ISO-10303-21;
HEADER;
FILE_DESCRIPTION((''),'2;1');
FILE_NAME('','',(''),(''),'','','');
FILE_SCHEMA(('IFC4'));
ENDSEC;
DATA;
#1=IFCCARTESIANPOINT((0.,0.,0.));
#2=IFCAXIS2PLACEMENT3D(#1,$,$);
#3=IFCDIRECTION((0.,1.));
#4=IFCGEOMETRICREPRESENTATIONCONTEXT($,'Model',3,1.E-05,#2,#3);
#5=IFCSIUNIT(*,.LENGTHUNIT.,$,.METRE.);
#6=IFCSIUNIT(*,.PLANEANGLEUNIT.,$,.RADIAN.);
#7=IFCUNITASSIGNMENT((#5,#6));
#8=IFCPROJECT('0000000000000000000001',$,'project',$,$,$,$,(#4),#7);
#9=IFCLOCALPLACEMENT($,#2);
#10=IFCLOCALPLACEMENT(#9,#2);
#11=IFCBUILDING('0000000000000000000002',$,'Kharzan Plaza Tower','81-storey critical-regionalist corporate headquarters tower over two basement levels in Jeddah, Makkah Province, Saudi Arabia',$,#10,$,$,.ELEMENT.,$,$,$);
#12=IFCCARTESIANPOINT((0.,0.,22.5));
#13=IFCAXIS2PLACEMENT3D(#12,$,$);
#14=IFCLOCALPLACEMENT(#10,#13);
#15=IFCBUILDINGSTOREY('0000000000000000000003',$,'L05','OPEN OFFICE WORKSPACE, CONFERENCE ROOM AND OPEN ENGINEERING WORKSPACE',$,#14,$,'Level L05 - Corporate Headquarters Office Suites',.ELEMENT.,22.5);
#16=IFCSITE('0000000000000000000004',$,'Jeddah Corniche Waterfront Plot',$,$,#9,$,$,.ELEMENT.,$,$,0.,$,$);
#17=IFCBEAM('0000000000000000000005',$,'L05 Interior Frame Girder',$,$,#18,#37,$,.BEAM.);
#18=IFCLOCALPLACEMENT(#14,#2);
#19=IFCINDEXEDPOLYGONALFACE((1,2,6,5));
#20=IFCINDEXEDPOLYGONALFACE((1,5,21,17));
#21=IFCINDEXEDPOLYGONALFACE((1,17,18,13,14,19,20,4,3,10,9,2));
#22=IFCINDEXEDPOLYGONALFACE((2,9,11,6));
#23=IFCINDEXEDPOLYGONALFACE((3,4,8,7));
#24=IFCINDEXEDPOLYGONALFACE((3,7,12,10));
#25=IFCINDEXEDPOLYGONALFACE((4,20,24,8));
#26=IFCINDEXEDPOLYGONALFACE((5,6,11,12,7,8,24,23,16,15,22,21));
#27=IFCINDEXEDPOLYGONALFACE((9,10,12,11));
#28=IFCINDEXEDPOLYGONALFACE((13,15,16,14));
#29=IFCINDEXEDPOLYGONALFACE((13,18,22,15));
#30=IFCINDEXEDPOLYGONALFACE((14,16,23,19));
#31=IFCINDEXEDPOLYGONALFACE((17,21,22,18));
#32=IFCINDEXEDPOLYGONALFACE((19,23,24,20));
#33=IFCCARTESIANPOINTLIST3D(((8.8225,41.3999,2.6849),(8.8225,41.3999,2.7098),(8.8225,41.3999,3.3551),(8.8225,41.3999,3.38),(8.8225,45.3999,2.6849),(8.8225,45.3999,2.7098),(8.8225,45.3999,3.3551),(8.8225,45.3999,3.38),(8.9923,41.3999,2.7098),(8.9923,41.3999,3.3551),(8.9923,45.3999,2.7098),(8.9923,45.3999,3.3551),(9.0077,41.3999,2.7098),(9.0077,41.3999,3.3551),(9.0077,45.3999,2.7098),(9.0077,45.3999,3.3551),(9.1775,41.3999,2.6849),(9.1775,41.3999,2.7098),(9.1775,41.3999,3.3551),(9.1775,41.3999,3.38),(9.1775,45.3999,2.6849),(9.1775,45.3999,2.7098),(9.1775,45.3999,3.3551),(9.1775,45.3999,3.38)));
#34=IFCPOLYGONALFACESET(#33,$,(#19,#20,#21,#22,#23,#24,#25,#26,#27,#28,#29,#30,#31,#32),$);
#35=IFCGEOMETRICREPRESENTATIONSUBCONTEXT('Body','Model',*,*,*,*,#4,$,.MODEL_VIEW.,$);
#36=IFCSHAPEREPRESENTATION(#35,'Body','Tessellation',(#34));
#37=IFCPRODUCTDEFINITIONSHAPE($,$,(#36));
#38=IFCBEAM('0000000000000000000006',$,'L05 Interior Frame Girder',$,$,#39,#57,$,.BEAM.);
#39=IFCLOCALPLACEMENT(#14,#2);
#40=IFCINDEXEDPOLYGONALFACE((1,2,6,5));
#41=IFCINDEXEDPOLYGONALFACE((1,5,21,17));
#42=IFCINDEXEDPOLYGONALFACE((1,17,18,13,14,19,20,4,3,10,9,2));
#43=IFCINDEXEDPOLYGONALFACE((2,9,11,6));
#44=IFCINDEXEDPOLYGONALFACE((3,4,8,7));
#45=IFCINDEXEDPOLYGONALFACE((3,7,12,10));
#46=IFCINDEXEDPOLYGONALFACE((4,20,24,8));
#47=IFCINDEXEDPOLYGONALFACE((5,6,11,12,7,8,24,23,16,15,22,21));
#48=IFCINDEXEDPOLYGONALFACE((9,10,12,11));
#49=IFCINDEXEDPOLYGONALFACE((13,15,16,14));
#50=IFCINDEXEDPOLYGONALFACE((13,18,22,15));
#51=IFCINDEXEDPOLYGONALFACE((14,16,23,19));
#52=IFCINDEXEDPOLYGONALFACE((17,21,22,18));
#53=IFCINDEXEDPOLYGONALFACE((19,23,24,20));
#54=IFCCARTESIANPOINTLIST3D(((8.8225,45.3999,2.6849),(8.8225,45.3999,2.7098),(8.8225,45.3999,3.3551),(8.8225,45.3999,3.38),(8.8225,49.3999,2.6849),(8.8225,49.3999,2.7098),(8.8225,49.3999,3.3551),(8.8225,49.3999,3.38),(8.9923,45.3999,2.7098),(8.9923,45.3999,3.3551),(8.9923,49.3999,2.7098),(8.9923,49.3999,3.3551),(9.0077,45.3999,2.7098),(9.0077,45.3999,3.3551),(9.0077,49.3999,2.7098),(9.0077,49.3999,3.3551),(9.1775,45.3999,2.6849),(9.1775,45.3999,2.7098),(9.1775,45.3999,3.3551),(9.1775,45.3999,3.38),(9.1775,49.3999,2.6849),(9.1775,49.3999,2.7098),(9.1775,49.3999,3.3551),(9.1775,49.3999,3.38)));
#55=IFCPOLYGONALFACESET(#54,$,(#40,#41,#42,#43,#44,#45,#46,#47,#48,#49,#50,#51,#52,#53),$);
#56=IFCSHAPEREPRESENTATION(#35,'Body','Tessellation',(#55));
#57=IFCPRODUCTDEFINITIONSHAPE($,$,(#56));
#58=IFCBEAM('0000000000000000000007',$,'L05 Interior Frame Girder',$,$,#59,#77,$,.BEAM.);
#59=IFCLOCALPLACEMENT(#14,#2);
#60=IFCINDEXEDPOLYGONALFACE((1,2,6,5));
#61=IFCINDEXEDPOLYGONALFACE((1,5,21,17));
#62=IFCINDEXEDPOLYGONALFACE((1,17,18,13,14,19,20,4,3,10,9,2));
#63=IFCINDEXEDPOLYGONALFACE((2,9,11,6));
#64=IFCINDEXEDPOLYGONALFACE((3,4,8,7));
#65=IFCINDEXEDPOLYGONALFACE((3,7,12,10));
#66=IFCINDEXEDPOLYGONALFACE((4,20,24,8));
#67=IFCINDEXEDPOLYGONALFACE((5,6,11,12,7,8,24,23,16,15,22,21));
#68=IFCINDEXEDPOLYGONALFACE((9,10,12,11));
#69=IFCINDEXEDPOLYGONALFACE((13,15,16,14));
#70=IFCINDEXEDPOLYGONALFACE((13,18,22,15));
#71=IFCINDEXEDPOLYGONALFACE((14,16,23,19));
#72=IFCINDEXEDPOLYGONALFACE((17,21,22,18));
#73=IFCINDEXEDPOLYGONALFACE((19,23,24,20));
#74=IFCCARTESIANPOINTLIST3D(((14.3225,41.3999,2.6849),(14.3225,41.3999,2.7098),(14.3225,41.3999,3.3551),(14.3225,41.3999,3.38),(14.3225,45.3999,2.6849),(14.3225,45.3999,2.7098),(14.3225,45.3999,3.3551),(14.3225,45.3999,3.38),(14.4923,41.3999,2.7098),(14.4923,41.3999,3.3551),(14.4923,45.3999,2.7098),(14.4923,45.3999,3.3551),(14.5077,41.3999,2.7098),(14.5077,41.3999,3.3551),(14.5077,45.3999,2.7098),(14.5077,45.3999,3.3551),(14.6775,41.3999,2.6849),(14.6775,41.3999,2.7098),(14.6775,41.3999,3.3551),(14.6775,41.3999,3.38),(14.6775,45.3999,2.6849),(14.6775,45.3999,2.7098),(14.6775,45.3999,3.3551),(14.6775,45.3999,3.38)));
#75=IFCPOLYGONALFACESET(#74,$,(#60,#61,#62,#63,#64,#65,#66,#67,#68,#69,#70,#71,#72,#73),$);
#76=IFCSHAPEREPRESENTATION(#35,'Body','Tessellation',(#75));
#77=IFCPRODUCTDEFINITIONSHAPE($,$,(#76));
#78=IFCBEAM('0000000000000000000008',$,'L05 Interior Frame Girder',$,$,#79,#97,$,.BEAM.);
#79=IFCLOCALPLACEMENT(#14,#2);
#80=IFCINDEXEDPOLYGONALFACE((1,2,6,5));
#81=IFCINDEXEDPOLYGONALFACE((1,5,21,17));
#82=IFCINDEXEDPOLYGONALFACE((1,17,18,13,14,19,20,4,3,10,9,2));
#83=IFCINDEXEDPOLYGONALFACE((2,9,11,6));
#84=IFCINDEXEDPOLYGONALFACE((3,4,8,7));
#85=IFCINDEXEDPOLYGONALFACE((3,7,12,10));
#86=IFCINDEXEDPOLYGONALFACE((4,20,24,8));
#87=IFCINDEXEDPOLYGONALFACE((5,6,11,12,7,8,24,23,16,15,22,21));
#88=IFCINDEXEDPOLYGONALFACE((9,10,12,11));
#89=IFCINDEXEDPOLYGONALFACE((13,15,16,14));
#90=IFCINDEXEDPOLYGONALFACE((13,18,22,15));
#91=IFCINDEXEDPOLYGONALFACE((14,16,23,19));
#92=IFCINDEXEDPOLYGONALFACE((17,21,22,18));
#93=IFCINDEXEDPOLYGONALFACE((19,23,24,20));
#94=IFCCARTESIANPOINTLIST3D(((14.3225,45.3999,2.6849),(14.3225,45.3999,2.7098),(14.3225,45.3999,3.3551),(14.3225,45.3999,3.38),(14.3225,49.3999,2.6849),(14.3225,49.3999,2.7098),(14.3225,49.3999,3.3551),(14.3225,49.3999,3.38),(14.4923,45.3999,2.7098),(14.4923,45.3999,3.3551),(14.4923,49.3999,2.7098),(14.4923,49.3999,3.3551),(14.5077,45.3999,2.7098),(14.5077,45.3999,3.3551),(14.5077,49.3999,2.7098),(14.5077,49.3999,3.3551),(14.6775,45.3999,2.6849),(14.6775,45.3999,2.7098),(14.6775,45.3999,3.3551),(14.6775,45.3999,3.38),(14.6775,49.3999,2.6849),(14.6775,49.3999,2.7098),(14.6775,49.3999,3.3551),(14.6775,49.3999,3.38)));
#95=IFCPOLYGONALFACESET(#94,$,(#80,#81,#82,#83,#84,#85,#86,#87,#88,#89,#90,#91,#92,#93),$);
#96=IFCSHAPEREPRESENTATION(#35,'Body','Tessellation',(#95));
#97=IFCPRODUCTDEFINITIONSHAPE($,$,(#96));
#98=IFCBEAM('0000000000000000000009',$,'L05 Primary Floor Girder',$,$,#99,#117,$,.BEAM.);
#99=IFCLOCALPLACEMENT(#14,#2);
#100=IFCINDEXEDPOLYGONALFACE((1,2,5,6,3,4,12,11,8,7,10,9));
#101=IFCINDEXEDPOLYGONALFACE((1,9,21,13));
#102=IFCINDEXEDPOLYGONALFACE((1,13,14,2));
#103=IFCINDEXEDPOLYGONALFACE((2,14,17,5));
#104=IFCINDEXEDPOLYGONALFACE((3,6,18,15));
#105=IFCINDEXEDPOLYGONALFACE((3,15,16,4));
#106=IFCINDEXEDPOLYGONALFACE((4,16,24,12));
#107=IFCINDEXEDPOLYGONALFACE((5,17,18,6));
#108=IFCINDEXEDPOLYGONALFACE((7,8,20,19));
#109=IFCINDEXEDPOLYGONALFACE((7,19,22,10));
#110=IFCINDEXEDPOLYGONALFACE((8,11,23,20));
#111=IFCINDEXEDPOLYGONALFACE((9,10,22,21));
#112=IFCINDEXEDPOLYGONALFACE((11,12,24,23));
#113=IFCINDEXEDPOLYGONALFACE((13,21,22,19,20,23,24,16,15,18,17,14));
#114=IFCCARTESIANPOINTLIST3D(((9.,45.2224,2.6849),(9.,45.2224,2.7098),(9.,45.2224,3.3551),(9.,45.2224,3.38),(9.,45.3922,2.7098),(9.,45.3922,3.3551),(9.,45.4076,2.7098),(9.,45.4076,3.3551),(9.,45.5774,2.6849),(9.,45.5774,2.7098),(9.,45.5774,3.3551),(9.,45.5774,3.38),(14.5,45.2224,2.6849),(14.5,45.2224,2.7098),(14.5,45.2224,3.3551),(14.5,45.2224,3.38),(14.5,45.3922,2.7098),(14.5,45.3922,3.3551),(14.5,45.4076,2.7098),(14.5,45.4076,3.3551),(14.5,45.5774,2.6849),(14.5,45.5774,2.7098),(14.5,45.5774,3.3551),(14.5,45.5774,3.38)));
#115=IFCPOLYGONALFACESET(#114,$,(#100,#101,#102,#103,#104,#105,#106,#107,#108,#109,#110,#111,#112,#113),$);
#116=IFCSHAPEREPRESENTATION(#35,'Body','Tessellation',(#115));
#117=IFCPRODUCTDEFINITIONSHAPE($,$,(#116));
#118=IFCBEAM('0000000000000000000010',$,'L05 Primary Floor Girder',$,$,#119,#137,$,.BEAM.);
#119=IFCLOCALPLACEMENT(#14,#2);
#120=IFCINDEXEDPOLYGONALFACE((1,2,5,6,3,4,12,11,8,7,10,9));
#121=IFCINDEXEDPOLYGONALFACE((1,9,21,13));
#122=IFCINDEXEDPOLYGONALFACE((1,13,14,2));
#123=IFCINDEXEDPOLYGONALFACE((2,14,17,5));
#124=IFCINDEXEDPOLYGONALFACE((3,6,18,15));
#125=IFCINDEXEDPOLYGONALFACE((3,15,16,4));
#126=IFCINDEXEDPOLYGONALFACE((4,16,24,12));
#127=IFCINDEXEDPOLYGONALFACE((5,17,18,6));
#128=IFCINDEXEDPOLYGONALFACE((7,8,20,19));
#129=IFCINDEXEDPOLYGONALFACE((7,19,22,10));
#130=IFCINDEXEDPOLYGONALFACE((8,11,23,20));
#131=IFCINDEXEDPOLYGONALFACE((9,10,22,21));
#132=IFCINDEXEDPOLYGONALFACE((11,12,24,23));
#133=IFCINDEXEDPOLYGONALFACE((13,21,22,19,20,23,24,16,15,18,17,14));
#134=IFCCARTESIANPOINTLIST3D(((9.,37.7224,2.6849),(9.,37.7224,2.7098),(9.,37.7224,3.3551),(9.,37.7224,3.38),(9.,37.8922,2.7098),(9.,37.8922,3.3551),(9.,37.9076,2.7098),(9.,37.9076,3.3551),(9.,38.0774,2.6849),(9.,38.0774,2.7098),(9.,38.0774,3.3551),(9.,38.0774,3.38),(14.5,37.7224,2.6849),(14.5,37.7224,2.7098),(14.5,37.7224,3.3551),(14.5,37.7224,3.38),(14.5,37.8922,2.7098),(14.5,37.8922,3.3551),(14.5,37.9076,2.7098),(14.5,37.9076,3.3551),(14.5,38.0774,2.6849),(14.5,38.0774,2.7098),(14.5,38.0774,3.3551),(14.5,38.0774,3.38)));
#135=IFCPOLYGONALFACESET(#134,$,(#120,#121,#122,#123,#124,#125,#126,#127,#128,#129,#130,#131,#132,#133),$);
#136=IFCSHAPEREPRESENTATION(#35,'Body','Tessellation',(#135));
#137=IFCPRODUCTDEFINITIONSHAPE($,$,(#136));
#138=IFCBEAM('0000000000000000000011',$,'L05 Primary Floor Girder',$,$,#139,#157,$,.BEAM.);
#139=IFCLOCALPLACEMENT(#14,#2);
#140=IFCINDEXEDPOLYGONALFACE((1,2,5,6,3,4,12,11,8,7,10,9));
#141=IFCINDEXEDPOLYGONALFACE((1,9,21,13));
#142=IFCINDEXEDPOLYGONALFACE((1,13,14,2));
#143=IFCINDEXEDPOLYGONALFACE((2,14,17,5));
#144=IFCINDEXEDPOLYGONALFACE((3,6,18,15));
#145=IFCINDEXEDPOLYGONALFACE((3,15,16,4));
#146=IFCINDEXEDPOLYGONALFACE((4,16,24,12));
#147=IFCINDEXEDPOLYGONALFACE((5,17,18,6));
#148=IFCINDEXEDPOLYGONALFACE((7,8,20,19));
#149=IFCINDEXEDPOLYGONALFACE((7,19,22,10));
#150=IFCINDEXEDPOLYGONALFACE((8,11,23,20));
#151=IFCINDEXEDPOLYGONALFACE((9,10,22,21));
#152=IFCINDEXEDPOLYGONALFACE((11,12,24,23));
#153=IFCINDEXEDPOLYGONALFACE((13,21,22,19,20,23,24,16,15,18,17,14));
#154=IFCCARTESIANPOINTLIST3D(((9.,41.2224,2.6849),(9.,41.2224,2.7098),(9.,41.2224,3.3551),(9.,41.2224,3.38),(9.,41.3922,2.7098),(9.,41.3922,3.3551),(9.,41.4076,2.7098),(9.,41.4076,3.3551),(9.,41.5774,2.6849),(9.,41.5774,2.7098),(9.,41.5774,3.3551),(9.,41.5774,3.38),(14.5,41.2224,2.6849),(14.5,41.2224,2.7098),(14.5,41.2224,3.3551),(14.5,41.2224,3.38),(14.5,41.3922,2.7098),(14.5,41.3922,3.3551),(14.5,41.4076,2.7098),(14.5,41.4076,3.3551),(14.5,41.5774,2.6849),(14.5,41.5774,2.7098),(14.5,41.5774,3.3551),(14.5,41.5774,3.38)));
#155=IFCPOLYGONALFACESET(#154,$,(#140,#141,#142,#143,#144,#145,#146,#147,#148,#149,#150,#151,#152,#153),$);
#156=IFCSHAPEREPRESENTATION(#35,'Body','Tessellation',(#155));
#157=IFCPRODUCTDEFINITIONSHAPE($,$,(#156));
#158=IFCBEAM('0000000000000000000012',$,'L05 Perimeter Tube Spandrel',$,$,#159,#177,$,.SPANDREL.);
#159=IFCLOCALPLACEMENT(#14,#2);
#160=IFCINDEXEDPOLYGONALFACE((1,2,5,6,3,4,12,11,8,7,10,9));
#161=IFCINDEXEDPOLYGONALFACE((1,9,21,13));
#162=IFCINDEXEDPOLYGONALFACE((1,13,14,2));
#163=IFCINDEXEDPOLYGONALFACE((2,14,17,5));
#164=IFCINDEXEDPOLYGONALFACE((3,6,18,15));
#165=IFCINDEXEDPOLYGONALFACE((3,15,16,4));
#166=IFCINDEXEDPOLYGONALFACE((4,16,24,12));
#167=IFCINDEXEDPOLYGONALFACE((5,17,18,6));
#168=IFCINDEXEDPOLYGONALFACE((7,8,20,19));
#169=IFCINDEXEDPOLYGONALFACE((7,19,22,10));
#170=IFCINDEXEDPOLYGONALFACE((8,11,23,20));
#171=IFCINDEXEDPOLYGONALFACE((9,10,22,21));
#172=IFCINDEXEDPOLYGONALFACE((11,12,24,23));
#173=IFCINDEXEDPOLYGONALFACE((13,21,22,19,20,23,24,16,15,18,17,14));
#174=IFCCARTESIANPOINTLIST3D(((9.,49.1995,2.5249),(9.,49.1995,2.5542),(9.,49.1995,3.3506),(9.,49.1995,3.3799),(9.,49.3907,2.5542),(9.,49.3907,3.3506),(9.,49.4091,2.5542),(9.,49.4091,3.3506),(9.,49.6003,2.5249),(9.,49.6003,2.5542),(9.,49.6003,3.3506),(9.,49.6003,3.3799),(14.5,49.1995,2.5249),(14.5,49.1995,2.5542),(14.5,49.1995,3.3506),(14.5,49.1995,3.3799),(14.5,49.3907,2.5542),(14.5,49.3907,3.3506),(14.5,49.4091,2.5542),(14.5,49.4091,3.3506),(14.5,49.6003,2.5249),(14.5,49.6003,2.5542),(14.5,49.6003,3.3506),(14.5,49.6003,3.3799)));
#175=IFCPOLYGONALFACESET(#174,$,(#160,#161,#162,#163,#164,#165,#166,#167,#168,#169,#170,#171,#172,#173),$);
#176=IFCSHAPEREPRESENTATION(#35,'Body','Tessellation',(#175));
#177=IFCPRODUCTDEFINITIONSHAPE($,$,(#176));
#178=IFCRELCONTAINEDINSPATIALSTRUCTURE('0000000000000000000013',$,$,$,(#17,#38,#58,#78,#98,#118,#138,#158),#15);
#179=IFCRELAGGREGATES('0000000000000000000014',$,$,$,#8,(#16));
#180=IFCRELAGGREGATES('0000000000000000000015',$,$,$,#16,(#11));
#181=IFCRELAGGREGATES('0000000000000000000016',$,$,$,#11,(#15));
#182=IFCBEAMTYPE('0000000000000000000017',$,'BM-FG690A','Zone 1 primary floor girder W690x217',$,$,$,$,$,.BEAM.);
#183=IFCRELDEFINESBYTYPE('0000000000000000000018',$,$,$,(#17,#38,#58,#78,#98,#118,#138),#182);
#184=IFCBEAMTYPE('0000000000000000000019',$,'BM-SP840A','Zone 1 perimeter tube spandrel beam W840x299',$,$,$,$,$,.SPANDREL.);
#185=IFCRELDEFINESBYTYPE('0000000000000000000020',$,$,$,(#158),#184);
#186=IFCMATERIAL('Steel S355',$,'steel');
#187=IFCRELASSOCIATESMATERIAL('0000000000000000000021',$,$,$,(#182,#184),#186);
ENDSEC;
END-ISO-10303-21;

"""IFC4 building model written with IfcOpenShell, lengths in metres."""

from ifc_helpers import new_model, si_unit, direction, frame, origin, origin_2d, place, context, subcontext, project, spatial, i_section, extrude, source, transform, mapped, material, material_profile, profile_set, type_object, element, save


model = new_model("IFC4")

# Units and contexts
model_context = context("Model", 3, precision=1e-05, world=origin(), true_north=direction((0.0, 1.0)))
body_context = subcontext(model_context, "Body", "Model", "MODEL_VIEW")
ifc_project = project(units=[si_unit("LENGTHUNIT", "METRE"), si_unit("PLANEANGLEUNIT", "RADIAN")], contexts=[model_context])

# Site, building, storey
site_placement = place(None, origin())
site = spatial("IfcSite", under=ifc_project, at=site_placement, Name="Jeddah Corniche Waterfront Plot", CompositionType="ELEMENT", RefElevation=0.0)
building_placement = place(site_placement, origin())
building = spatial("IfcBuilding", under=site, at=building_placement, Name="Kharzan Plaza Tower", Description="81-storey critical-regionalist corporate headquarters tower over two basement levels in Jeddah, Makkah Province, Saudi Arabia", CompositionType="ELEMENT")
storey_placement = place(building_placement, frame((0.0, 0.0, 22.5)))
storey = spatial("IfcBuildingStorey", under=building, at=storey_placement, Name="L05", Description="OPEN OFFICE WORKSPACE, CONFERENCE ROOM AND OPEN ENGINEERING WORKSPACE", LongName="Level L05 - Corporate Headquarters Office Suites", CompositionType="ELEMENT", Elevation=22.5)

# Beams
ifc_material_1 = material(Name="Steel S355", Category="steel")
ifc_material_profile_1 = material_profile(ifc_material_1, i_section(OverallWidth=0.355, OverallDepth=0.6951, WebThickness=0.0154, FlangeThickness=0.0249, at=origin_2d()), Name="W690x217")
ifc_profile_set_1 = profile_set([ifc_material_profile_1], Name="Steel S355")
beam_type_1 = type_object("IfcBeamType", Name="BM-FG690A", Description="Zone 1 primary floor girder W690x217", PredefinedType="BEAM", material=ifc_profile_set_1)
shared_shape_1 = source(origin(), body_context, "Body", "SweptSolid", [
    extrude(i_section(OverallWidth=0.355, OverallDepth=0.6951, WebThickness=0.0154, FlangeThickness=0.0249, at=origin_2d()), origin(), (0.0, 0.0, 1.0), 4.0),
])
for number, where, z_axis, x_axis, name in (
    (1, (9.0, 41.3999, 3.0325), (0.0, 1.0, 0.0), (-1.0, 0.0, 0.0), "L05 Interior Frame Girder"),
    (2, (9.0, 45.3999, 3.0325), (0.0, 1.0, 0.0), (-1.0, 0.0, 0.0), "L05 Interior Frame Girder"),
    (3, (14.5, 41.3999, 3.0325), (0.0, 1.0, 0.0), (-1.0, 0.0, 0.0), "L05 Interior Frame Girder"),
    (4, (14.5, 45.3999, 3.0325), (0.0, 1.0, 0.0), (-1.0, 0.0, 0.0), "L05 Interior Frame Girder"),
):
    element("IfcBeam", number, at=place(storey_placement, frame(where, z_axis=z_axis, x_axis=x_axis)), inside=storey, type_object=beam_type_1, Name=name, PredefinedType="BEAM", context=body_context, shape_type="MappedRepresentation", body=[
        mapped(shared_shape_1, transform((0.0, 0.0, 0.0), x_axis=(1.0, 0.0, 0.0), y_axis=(0.0, 1.0, 0.0), z_axis=(0.0, 0.0, 1.0))),
    ])
shared_shape_2 = source(origin(), body_context, "Body", "SweptSolid", [
    extrude(i_section(OverallWidth=0.355, OverallDepth=0.6951, WebThickness=0.0154, FlangeThickness=0.0249, at=origin_2d()), origin(), (0.0, 0.0, 1.0), 5.5),
])
for number, where, z_axis, x_axis, name in (
    (5, (9.0, 45.3999, 3.0325), (1.0, 0.0, 0.0), (0.0, 1.0, 0.0), "L05 Primary Floor Girder"),
    (6, (9.0, 37.8999, 3.0325), (1.0, 0.0, 0.0), (0.0, 1.0, 0.0), "L05 Primary Floor Girder"),
    (7, (9.0, 41.3999, 3.0325), (1.0, 0.0, 0.0), (0.0, 1.0, 0.0), "L05 Primary Floor Girder"),
):
    element("IfcBeam", number, at=place(storey_placement, frame(where, z_axis=z_axis, x_axis=x_axis)), inside=storey, type_object=beam_type_1, Name=name, PredefinedType="BEAM", context=body_context, shape_type="MappedRepresentation", body=[
        mapped(shared_shape_2, transform((0.0, 0.0, 0.0), x_axis=(1.0, 0.0, 0.0), y_axis=(0.0, 1.0, 0.0), z_axis=(0.0, 0.0, 1.0))),
    ])
ifc_material_profile_2 = material_profile(ifc_material_1, i_section(OverallWidth=0.4009, OverallDepth=0.855, WebThickness=0.0183, FlangeThickness=0.0293, at=origin_2d()), Name="W840x299")
ifc_profile_set_2 = profile_set([ifc_material_profile_2], Name="Steel S355")
beam_type_2 = type_object("IfcBeamType", Name="BM-SP840A", Description="Zone 1 perimeter tube spandrel beam W840x299", PredefinedType="SPANDREL", material=ifc_profile_set_2)
shared_shape_3 = source(origin(), body_context, "Body", "SweptSolid", [
    extrude(i_section(OverallWidth=0.4009, OverallDepth=0.855, WebThickness=0.0183, FlangeThickness=0.0293, at=origin_2d()), origin(), (0.0, 0.0, 1.0), 5.5),
])
beam_1_placement = place(storey_placement, frame((9.0, 49.3999, 2.9524), z_axis=(1.0, 0.0, 0.0), x_axis=(0.0, 1.0, 0.0)))
element("IfcBeam", 8, at=beam_1_placement, inside=storey, type_object=beam_type_2, Name="L05 Perimeter Tube Spandrel", PredefinedType="SPANDREL", context=body_context, shape_type="MappedRepresentation", body=[
    mapped(shared_shape_3, transform((0.0, 0.0, 0.0), x_axis=(1.0, 0.0, 0.0), y_axis=(0.0, 1.0, 0.0), z_axis=(0.0, 0.0, 1.0))),
])

save(model, "model.ifc")
